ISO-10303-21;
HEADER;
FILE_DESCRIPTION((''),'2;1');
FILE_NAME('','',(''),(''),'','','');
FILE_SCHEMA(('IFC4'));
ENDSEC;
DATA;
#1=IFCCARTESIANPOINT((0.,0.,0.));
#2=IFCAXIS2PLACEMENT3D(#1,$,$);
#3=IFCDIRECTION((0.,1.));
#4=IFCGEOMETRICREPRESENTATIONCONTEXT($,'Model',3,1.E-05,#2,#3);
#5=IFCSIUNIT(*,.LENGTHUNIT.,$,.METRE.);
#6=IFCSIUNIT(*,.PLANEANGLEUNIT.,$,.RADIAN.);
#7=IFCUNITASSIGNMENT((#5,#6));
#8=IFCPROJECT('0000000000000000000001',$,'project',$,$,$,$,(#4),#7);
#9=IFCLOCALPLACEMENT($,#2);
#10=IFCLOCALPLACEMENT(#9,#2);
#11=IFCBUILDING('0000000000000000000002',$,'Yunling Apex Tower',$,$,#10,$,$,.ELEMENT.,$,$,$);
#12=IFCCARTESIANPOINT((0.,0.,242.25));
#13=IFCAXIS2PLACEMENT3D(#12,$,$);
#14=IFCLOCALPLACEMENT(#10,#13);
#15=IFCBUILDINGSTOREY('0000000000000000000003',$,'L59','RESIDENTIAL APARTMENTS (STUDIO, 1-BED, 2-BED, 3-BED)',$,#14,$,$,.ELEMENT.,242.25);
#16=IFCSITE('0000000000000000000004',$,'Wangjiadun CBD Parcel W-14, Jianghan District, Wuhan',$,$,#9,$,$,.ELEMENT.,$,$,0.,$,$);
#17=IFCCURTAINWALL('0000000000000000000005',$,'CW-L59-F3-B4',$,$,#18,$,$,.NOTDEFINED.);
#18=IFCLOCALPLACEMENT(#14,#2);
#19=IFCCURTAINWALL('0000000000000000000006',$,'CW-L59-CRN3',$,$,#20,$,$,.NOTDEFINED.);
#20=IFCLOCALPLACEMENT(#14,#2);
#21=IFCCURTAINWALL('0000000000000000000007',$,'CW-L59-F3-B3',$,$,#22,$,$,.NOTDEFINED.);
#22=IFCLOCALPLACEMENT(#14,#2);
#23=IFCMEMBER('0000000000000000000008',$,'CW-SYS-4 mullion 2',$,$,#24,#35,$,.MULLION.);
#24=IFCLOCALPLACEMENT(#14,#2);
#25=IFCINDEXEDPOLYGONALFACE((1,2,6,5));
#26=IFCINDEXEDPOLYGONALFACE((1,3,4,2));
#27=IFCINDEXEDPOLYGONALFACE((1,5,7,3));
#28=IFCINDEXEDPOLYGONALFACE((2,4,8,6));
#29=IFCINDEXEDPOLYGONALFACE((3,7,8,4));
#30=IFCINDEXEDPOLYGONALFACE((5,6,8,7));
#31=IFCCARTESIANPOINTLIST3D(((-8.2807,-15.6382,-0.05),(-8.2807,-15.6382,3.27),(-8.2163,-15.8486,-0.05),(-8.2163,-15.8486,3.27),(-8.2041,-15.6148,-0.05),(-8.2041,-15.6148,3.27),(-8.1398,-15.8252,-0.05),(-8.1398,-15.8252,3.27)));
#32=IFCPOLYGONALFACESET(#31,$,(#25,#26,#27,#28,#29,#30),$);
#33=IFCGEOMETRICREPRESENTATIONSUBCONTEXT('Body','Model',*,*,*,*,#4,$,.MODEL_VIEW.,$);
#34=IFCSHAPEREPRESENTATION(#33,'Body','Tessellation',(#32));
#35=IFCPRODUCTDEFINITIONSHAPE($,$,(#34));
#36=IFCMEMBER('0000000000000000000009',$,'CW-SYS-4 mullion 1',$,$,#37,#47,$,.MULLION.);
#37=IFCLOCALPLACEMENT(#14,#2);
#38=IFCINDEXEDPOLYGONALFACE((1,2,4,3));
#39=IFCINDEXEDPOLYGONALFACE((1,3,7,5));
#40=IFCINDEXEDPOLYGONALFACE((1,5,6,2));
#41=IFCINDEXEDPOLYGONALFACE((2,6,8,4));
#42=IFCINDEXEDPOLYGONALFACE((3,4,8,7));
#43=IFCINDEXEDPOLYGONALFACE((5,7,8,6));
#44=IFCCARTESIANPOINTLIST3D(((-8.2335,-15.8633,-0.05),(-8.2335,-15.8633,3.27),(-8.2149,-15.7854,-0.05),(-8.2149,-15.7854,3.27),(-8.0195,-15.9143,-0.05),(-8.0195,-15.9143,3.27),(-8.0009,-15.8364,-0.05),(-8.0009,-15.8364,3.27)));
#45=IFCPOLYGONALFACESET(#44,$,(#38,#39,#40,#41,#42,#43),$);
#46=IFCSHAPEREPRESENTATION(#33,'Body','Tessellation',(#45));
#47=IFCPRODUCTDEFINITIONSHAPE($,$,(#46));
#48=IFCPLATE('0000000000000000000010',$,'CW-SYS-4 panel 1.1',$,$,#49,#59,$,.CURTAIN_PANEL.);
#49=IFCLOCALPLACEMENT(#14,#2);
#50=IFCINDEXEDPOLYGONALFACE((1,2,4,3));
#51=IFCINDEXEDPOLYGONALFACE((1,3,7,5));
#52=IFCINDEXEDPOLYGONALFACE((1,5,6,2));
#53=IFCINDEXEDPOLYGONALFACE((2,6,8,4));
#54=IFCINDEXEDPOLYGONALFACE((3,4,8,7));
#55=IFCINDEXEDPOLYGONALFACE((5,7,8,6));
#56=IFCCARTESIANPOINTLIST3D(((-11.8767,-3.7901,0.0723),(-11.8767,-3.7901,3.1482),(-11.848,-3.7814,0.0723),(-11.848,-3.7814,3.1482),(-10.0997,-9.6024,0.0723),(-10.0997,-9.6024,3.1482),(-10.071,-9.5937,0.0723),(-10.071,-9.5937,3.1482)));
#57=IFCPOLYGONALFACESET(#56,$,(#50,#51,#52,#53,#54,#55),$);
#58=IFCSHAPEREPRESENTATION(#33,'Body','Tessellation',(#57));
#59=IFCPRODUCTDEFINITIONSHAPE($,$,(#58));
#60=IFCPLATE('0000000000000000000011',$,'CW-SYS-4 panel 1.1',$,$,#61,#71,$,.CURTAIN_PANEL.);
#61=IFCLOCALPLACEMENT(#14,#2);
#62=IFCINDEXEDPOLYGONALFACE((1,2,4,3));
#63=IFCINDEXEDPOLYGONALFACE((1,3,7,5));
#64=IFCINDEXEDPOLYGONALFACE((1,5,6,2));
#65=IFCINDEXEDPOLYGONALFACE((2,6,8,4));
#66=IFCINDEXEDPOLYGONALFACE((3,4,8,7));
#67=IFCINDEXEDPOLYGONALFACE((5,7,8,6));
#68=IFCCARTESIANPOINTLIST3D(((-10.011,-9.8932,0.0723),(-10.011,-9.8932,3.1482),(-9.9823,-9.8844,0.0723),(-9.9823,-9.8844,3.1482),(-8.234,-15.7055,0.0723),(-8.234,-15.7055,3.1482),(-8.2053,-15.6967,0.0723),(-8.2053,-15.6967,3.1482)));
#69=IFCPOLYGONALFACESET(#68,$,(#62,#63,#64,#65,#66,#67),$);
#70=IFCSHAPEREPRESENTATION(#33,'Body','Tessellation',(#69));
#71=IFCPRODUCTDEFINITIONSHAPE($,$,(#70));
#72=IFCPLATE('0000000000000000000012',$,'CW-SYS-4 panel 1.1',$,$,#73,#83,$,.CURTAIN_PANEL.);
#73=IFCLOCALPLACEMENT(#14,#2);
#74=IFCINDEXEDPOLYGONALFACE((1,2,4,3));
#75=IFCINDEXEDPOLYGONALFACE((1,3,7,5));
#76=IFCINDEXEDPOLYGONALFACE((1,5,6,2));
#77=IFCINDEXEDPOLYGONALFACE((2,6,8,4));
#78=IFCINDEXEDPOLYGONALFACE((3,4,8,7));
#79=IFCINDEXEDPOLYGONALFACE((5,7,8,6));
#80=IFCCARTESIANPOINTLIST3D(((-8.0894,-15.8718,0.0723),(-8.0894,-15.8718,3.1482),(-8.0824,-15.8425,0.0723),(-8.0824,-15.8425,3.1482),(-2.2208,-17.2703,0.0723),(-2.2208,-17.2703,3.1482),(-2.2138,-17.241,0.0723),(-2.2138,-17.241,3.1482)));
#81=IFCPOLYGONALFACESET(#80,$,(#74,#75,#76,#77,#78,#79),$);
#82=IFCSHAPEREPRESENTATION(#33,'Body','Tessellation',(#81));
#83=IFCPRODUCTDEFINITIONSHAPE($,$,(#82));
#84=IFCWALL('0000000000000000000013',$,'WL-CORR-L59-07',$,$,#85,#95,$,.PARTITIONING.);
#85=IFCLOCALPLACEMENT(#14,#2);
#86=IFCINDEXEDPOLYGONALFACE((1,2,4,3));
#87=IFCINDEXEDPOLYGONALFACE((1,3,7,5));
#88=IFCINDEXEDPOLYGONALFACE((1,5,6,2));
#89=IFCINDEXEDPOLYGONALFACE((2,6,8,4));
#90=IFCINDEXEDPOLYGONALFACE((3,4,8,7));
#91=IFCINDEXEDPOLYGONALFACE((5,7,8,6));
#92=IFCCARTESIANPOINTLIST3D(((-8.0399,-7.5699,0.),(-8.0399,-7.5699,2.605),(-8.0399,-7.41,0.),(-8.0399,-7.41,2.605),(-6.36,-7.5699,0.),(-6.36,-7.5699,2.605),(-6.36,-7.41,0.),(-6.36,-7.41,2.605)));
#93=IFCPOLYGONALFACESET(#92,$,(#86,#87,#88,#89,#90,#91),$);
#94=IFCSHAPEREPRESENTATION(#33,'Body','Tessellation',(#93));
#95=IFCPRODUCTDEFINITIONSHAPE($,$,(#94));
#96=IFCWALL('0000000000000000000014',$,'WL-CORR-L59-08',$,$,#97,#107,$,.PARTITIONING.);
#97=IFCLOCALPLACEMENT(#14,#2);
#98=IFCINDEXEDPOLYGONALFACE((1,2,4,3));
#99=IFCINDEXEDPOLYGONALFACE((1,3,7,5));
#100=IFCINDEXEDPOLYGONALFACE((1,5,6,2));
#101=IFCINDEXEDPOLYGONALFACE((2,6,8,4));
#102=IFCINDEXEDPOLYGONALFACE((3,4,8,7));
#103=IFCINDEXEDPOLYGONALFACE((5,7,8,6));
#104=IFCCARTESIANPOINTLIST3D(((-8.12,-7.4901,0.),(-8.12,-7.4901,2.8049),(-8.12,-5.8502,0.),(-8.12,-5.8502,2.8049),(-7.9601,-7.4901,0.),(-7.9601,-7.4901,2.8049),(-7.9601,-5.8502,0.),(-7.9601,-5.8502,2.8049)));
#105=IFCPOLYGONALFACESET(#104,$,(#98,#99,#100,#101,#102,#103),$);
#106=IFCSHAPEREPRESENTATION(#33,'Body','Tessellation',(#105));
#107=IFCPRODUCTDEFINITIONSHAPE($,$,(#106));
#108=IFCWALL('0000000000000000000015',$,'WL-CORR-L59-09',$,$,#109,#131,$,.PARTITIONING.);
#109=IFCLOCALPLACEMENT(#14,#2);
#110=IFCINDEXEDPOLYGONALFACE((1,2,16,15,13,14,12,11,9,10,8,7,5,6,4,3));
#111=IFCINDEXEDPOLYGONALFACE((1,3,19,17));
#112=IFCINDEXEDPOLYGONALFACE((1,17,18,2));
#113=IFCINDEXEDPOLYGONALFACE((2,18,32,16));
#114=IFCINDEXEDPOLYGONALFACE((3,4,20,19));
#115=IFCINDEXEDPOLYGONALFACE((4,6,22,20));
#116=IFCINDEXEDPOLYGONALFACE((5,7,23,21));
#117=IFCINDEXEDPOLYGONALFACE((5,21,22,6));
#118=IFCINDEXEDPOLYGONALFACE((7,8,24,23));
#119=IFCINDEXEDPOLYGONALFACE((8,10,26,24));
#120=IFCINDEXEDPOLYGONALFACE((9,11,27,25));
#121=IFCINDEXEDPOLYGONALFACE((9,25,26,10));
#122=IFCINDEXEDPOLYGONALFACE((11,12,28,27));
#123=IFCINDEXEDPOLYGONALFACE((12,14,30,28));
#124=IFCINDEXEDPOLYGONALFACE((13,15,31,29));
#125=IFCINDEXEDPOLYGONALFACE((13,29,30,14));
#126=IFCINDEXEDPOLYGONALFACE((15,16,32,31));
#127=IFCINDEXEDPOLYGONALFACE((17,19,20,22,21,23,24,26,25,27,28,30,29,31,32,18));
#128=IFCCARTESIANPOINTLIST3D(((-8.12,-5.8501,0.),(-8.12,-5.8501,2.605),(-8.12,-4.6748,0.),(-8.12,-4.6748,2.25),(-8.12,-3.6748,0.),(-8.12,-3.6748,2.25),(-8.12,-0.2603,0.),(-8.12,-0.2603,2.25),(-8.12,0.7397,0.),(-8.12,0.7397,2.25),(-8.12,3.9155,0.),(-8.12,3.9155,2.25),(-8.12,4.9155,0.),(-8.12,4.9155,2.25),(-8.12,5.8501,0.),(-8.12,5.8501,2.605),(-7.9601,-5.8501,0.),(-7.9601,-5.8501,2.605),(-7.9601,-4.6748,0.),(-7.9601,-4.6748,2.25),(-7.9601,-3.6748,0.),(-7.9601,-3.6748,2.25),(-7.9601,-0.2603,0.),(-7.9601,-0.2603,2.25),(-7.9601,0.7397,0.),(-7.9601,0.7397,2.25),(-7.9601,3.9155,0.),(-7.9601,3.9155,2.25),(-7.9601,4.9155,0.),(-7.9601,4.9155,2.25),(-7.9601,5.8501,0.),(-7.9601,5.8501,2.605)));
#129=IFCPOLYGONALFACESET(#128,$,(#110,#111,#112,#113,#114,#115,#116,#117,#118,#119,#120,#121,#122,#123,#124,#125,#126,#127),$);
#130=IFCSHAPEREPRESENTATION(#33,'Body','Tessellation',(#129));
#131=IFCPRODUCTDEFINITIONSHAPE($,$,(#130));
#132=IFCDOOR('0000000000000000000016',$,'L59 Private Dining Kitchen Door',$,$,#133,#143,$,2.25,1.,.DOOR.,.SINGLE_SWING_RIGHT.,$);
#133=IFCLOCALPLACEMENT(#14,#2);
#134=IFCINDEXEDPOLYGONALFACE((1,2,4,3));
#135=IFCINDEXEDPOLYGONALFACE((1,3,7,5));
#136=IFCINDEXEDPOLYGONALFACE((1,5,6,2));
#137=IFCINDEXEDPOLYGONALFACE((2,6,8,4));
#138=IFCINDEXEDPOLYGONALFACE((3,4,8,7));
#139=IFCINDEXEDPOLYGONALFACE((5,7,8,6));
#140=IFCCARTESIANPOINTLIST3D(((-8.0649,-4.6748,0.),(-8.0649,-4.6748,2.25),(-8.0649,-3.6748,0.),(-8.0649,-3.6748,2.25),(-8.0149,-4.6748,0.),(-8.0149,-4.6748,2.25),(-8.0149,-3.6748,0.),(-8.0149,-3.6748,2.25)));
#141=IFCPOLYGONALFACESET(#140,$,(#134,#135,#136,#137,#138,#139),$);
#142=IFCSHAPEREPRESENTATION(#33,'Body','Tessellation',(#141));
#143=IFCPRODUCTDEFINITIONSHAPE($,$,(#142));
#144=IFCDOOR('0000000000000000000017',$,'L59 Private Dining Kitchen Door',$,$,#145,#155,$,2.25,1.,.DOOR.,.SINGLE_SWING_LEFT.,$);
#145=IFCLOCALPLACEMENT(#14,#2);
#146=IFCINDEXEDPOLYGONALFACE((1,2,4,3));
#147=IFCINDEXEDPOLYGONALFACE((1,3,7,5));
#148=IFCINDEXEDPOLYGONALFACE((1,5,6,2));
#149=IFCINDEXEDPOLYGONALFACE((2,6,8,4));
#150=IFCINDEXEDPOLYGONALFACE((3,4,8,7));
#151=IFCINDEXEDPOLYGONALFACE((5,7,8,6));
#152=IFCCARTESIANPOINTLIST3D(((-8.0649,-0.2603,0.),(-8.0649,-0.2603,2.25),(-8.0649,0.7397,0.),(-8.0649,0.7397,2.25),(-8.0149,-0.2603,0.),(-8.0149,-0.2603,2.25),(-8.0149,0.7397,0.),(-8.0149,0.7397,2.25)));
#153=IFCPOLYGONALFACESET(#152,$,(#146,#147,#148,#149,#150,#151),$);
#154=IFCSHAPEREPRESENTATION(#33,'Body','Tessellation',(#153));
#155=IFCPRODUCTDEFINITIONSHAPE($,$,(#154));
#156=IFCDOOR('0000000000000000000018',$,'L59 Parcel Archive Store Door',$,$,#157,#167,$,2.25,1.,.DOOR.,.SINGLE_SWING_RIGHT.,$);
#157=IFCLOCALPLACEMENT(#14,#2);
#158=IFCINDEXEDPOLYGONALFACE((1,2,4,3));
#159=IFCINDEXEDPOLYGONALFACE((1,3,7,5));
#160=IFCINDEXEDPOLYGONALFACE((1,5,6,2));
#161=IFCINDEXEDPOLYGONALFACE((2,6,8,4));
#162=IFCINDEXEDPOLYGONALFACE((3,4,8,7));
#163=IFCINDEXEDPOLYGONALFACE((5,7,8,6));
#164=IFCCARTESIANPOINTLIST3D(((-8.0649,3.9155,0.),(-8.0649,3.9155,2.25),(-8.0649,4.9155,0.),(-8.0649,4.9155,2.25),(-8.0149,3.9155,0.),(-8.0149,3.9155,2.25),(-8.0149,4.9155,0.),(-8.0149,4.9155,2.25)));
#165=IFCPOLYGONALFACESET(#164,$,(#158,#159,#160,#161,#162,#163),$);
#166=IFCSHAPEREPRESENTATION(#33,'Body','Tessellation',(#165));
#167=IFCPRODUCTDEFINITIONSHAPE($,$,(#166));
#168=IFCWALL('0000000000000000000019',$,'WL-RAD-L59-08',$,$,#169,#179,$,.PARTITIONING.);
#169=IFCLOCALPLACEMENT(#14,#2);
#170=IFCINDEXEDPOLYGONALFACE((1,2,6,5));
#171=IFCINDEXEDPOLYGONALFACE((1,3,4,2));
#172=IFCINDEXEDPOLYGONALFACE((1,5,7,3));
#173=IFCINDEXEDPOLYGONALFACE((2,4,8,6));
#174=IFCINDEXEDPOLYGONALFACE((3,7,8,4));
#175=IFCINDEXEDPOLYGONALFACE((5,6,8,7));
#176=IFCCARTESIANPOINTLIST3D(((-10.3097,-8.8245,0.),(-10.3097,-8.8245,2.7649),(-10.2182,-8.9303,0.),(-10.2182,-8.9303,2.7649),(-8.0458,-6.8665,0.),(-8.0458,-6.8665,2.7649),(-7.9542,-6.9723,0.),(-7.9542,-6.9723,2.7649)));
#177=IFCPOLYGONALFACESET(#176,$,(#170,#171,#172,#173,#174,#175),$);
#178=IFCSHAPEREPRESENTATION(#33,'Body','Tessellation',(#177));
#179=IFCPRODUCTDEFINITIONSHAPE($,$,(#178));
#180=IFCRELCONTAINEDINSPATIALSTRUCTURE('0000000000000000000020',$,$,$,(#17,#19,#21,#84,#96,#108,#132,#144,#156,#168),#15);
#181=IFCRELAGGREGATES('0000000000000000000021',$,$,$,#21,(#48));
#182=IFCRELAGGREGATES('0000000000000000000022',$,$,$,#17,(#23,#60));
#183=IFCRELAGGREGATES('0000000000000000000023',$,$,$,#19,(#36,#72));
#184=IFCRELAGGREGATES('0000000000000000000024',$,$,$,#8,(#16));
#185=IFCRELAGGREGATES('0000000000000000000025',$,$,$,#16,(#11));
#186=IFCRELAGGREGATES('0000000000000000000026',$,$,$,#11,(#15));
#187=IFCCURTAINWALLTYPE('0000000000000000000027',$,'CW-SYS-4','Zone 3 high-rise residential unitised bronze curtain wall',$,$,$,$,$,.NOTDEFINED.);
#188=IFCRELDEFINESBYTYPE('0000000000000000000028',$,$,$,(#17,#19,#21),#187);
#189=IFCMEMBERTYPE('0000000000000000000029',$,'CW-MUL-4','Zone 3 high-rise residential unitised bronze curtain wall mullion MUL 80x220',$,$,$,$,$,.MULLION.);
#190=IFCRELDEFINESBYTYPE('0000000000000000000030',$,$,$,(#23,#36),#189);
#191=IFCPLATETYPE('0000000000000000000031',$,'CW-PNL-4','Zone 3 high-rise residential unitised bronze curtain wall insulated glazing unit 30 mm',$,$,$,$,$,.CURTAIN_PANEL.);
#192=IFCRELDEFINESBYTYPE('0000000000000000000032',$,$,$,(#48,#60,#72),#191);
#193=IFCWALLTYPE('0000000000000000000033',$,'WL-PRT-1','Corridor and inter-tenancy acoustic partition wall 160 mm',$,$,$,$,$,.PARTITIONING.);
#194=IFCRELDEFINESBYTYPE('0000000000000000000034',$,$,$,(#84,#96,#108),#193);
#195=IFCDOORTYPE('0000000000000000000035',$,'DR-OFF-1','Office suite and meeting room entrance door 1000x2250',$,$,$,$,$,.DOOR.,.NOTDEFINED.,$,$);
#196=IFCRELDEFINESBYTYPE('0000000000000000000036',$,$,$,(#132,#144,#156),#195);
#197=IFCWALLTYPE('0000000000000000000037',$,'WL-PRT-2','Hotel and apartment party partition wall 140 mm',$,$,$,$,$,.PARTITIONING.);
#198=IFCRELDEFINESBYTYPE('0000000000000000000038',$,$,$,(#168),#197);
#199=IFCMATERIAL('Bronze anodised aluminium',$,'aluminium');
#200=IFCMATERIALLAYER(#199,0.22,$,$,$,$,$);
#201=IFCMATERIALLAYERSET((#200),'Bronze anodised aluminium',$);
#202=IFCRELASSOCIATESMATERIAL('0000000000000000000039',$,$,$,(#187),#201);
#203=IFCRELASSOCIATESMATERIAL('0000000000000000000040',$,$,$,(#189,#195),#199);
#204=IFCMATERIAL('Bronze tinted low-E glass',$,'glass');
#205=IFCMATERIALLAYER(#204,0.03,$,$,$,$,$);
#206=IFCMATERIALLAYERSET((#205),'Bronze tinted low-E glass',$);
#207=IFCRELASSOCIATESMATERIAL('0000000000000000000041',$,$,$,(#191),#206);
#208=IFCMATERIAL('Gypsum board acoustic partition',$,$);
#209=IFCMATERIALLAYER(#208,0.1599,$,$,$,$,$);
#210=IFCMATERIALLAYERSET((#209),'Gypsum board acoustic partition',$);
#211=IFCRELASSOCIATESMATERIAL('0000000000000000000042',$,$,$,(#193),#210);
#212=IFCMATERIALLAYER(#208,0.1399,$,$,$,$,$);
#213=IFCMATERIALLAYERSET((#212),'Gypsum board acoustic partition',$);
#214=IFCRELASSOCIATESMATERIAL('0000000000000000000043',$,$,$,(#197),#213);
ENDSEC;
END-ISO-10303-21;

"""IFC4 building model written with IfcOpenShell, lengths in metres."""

from ifc_helpers import new_model, si_unit, direction, frame, frame_2d, origin, origin_2d, place, context, subcontext, project, spatial, rectangle, extrude, source, transform, mapped, material, layer, layer_set, material_profile, profile_set, type_object, element, fill, aggregate, save


model = new_model("IFC4")

# Units and contexts
model_context = context("Model", 3, precision=1e-05, world=origin(), true_north=direction((0.0, 1.0)))
body_context = subcontext(model_context, "Body", "Model", "MODEL_VIEW")
ifc_project = project(units=[si_unit("LENGTHUNIT", "METRE"), si_unit("PLANEANGLEUNIT", "RADIAN")], contexts=[model_context])

# Site, building, storey
site_placement = place(None, origin())
site = spatial("IfcSite", under=ifc_project, at=site_placement, Name="Wangjiadun CBD Parcel W-14, Jianghan District, Wuhan", CompositionType="ELEMENT", RefElevation=0.0)
building_placement = place(site_placement, origin())
building = spatial("IfcBuilding", under=site, at=building_placement, Name="Yunling Apex Tower", CompositionType="ELEMENT")
storey_placement = place(building_placement, frame((0.0, 0.0, 242.25)))
storey = spatial("IfcBuildingStorey", under=building, at=storey_placement, Name="L59", Description="RESIDENTIAL APARTMENTS (STUDIO, 1-BED, 2-BED, 3-BED)", CompositionType="ELEMENT", Elevation=242.25)

# Curtain walls
ifc_material_1 = material(Name="Bronze anodised aluminium", Category="aluminium")
ifc_layer_1 = layer(ifc_material_1, 0.22)
ifc_layer_set_1 = layer_set([ifc_layer_1], Name="Bronze anodised aluminium")
curtain_wall_type = type_object("IfcCurtainWallType", Name="CW-SYS-4", Description="Zone 3 high-rise residential unitised bronze curtain wall", PredefinedType="NOTDEFINED", material=ifc_layer_set_1)
curtain_wall_1_placement = place(storey_placement, origin())
curtain_wall_1 = element("IfcCurtainWall", 1, at=curtain_wall_1_placement, inside=storey, type_object=curtain_wall_type, Name="CW-L59-F3-B4", PredefinedType="NOTDEFINED")
curtain_wall_2_placement = place(storey_placement, origin())
curtain_wall_2 = element("IfcCurtainWall", 2, at=curtain_wall_2_placement, inside=storey, type_object=curtain_wall_type, Name="CW-L59-CRN3", PredefinedType="NOTDEFINED")

# Curtain wall
curtain_wall_3_placement = place(storey_placement, origin())
curtain_wall_3 = element("IfcCurtainWall", 3, at=curtain_wall_3_placement, inside=storey, type_object=curtain_wall_type, Name="CW-L59-F3-B3", PredefinedType="NOTDEFINED")
ifc_material_profile_1 = material_profile(ifc_material_1, rectangle(XDim=0.0801, YDim=0.22, at=origin_2d()))
ifc_profile_set_1 = profile_set([ifc_material_profile_1], Name="Bronze anodised aluminium")
member_type_1 = type_object("IfcMemberType", Name="CW-MUL-4", Description="Zone 3 high-rise residential unitised bronze curtain wall mullion MUL 80x220", PredefinedType="MULLION", material=ifc_profile_set_1)
shared_shape_1 = source(origin(), body_context, "Body", "SweptSolid", [
    extrude(rectangle(XDim=0.0801, YDim=0.22, at=origin_2d()), origin(), (0.0, 0.0, 1.0), 3.3201),
])

# Members
member_1_placement = place(storey_placement, frame((-8.2102, -15.7317, -0.05), z_axis=(0.0, 0.0, 1.0), x_axis=(0.956305, 0.292372, 0.0)))
member_1 = element("IfcMember", 4, at=member_1_placement, type_object=member_type_1, Name="CW-SYS-4 mullion 2", PredefinedType="MULLION", context=body_context, shape_type="MappedRepresentation", body=[
    mapped(shared_shape_1, transform((0.0, 0.0, 0.0), scale=1.0)),
])
member_2_placement = place(storey_placement, frame((-8.1172, -15.8499, -0.05), z_axis=(0.0, 0.0, 1.0), x_axis=(0.231809, 0.972761, 0.0)))
member_2 = element("IfcMember", 5, at=member_2_placement, type_object=member_type_1, Name="CW-SYS-4 mullion 1", PredefinedType="MULLION", context=body_context, shape_type="MappedRepresentation", body=[
    mapped(shared_shape_1, transform((0.0, 0.0, 0.0), scale=1.0)),
])

# Plates
ifc_material_2 = material(Name="Bronze tinted low-E glass", Category="glass")
ifc_layer_2 = layer(ifc_material_2, 0.03)
ifc_layer_set_2 = layer_set([ifc_layer_2], Name="Bronze tinted low-E glass")
plate_type = type_object("IfcPlateType", Name="CW-PNL-4", Description="Zone 3 high-rise residential unitised bronze curtain wall insulated glazing unit 30 mm", PredefinedType="CURTAIN_PANEL", material=ifc_layer_set_2)
shared_shape_2 = source(origin(), body_context, "Body", "SweptSolid", [
    extrude(rectangle(XDim=6.0779, YDim=0.03, at=origin_2d()), origin(), (0.0, 0.0, 1.0), 3.0759),
])
plate_1_placement = place(storey_placement, frame((-10.9739, -6.6919, 0.0723), z_axis=(0.0, 0.0, 1.0), x_axis=(0.292372, -0.956305, 0.0)))
plate_1 = element("IfcPlate", 6, at=plate_1_placement, type_object=plate_type, Name="CW-SYS-4 panel 1.1", PredefinedType="CURTAIN_PANEL", context=body_context, shape_type="MappedRepresentation", body=[
    mapped(shared_shape_2, transform((0.0, 0.0, 0.0), scale=1.0)),
])
aggregate(curtain_wall_3, [plate_1])
plate_2_placement = place(storey_placement, frame((-9.1082, -12.7949, 0.0723), z_axis=(0.0, 0.0, 1.0), x_axis=(0.292372, -0.956305, 0.0)))
plate_2 = element("IfcPlate", 7, at=plate_2_placement, type_object=plate_type, Name="CW-SYS-4 panel 1.1", PredefinedType="CURTAIN_PANEL", context=body_context, shape_type="MappedRepresentation", body=[
    mapped(shared_shape_2, transform((0.0, 0.0, 0.0), scale=1.0)),
])
aggregate(curtain_wall_1, [member_1, plate_2])
shared_shape_3 = source(origin(), body_context, "Body", "SweptSolid", [
    extrude(rectangle(XDim=6.033, YDim=0.03, at=origin_2d()), origin(), (0.0, 0.0, 1.0), 3.0759),
])
plate_3_placement = place(storey_placement, frame((-5.1516, -16.5564, 0.0723), z_axis=(0.0, 0.0, 1.0), x_axis=(0.972761, -0.231809, 0.0)))
plate_3 = element("IfcPlate", 8, at=plate_3_placement, type_object=plate_type, Name="CW-SYS-4 panel 1.1", PredefinedType="CURTAIN_PANEL", context=body_context, shape_type="MappedRepresentation", body=[
    mapped(shared_shape_3, transform((0.0, 0.0, 0.0), scale=1.0)),
])
aggregate(curtain_wall_2, [member_2, plate_3])

# Walls
ifc_material_3 = material(Name="Gypsum board acoustic partition")
ifc_layer_3 = layer(ifc_material_3, 0.1599)
ifc_layer_set_3 = layer_set([ifc_layer_3], Name="Gypsum board acoustic partition")
wall_type_1 = type_object("IfcWallType", Name="WL-PRT-1", Description="Corridor and inter-tenancy acoustic partition wall 160 mm", PredefinedType="PARTITIONING", material=ifc_layer_set_3)
wall_1_placement = place(storey_placement, frame((-6.3601, -7.49, 0.0), z_axis=(0.0, 0.0, 1.0), x_axis=(-1.0, 0.0, 0.0)))
element("IfcWall", 9, at=wall_1_placement, inside=storey, type_object=wall_type_1, Name="WL-CORR-L59-07", PredefinedType="PARTITIONING", context=body_context, shape_type="SweptSolid", body=[
    extrude(rectangle(XDim=1.6799, YDim=0.1599, at=frame_2d((0.8398, 0.0))), origin(), (0.0, 0.0, 1.0), 2.605),
])
wall_2_placement = place(storey_placement, frame((-8.04, -7.49, 0.0), z_axis=(0.0, 0.0, 1.0), x_axis=(0.0, 1.0, 0.0)))
element("IfcWall", 10, at=wall_2_placement, inside=storey, type_object=wall_type_1, Name="WL-CORR-L59-08", PredefinedType="PARTITIONING", context=body_context, shape_type="SweptSolid", body=[
    extrude(rectangle(XDim=1.6399, YDim=0.1599, at=frame_2d((0.8198, 0.0))), origin(), (0.0, 0.0, 1.0), 2.8049),
])

# Wall, openings, doors
wall_3_placement = place(storey_placement, frame((-8.04, -5.8501, 0.0), z_axis=(0.0, 0.0, 1.0), x_axis=(0.0, 1.0, 0.0)))
wall_3 = element("IfcWall", 11, at=wall_3_placement, inside=storey, type_object=wall_type_1, Name="WL-CORR-L59-09", PredefinedType="PARTITIONING", context=body_context, shape_type="SweptSolid", body=[
    extrude(rectangle(XDim=11.7002, YDim=0.1599, at=frame_2d((5.8501, 0.0))), origin(), (0.0, 0.0, 1.0), 2.605),
])
opening_1_placement = place(wall_3_placement, frame((1.1753, 0.0, 0.0)))
opening_1 = element("IfcOpeningElement", 12, at=opening_1_placement, cuts=wall_3, PredefinedType="OPENING", context=body_context, shape_type="SweptSolid", body=[
    extrude(rectangle(XDim=1.0, YDim=2.25, at=frame_2d((0.5, 1.125))), frame((0.0, 0.0898, 0.0), z_axis=(0.0, -1.0, 0.0), x_axis=(1.0, 0.0, 0.0)), (0.0, 0.0, 1.0), 0.1799),
])
opening_2_placement = place(wall_3_placement, frame((5.5898, 0.0, 0.0)))
opening_2 = element("IfcOpeningElement", 13, at=opening_2_placement, cuts=wall_3, PredefinedType="OPENING", context=body_context, shape_type="SweptSolid", body=[
    extrude(rectangle(XDim=1.0, YDim=2.25, at=frame_2d((0.5, 1.125))), frame((0.0, 0.0898, 0.0), z_axis=(0.0, -1.0, 0.0), x_axis=(1.0, 0.0, 0.0)), (0.0, 0.0, 1.0), 0.1799),
])
opening_3_placement = place(wall_3_placement, frame((9.7656, 0.0, 0.0)))
opening_3 = element("IfcOpeningElement", 14, at=opening_3_placement, cuts=wall_3, PredefinedType="OPENING", context=body_context, shape_type="SweptSolid", body=[
    extrude(rectangle(XDim=1.0, YDim=2.25, at=frame_2d((0.5, 1.125))), frame((0.0, 0.0898, 0.0), z_axis=(0.0, -1.0, 0.0), x_axis=(1.0, 0.0, 0.0)), (0.0, 0.0, 1.0), 0.1799),
])
door_type_1 = type_object("IfcDoorType", Name="DR-OFF-1", Description="Office suite and meeting room entrance door 1000x2250", OperationType="NOTDEFINED", PredefinedType="DOOR", material=ifc_material_1)
door_1_placement = place(opening_1_placement, origin())
door_1 = element("IfcDoor", 15, at=door_1_placement, inside=storey, type_object=door_type_1, Name="L59 Private Dining Kitchen Door", OperationType="SINGLE_SWING_RIGHT", OverallHeight=2.25, OverallWidth=1.0, PredefinedType="DOOR", context=body_context, shape_type="SweptSolid", body=[
    extrude(rectangle(XDim=1.0, YDim=2.25, at=frame_2d((0.5, 1.125))), frame((0.0, 0.0249, 0.0), z_axis=(0.0, -1.0, 0.0), x_axis=(1.0, 0.0, 0.0)), (0.0, 0.0, 1.0), 0.05),
])
fill(opening_1, door_1)
door_2_placement = place(opening_2_placement, origin())
door_2 = element("IfcDoor", 16, at=door_2_placement, inside=storey, type_object=door_type_1, Name="L59 Private Dining Kitchen Door", OperationType="SINGLE_SWING_LEFT", OverallHeight=2.25, OverallWidth=1.0, PredefinedType="DOOR", context=body_context, shape_type="SweptSolid", body=[
    extrude(rectangle(XDim=1.0, YDim=2.25, at=frame_2d((0.5, 1.125))), frame((0.0, 0.0249, 0.0), z_axis=(0.0, -1.0, 0.0), x_axis=(1.0, 0.0, 0.0)), (0.0, 0.0, 1.0), 0.05),
])
fill(opening_2, door_2)
door_3_placement = place(opening_3_placement, origin())
door_3 = element("IfcDoor", 17, at=door_3_placement, inside=storey, type_object=door_type_1, Name="L59 Parcel Archive Store Door", OperationType="SINGLE_SWING_RIGHT", OverallHeight=2.25, OverallWidth=1.0, PredefinedType="DOOR", context=body_context, shape_type="SweptSolid", body=[
    extrude(rectangle(XDim=1.0, YDim=2.25, at=frame_2d((0.5, 1.125))), frame((0.0, 0.0249, 0.0), z_axis=(0.0, -1.0, 0.0), x_axis=(1.0, 0.0, 0.0)), (0.0, 0.0, 1.0), 0.05),
])
fill(opening_3, door_3)

# Wall
ifc_layer_4 = layer(ifc_material_3, 0.1399)
ifc_layer_set_4 = layer_set([ifc_layer_4], Name="Gypsum board acoustic partition")
wall_type_2 = type_object("IfcWallType", Name="WL-PRT-2", Description="Hotel and apartment party partition wall 140 mm", PredefinedType="PARTITIONING", material=ifc_layer_set_4)
wall_4_placement = place(storey_placement, frame((-8.0, -6.9194, 0.0), z_axis=(0.0, 0.0, 1.0), x_axis=(-0.756359, -0.654157, 0.0)))
element("IfcWall", 18, at=wall_4_placement, inside=storey, type_object=wall_type_2, Name="WL-RAD-L59-08", PredefinedType="PARTITIONING", context=body_context, shape_type="SweptSolid", body=[
    extrude(rectangle(XDim=2.9932, YDim=0.1399, at=frame_2d((1.4966, 0.0))), origin(), (0.0, 0.0, 1.0), 2.7649),
])

save(model, "model.ifc")
